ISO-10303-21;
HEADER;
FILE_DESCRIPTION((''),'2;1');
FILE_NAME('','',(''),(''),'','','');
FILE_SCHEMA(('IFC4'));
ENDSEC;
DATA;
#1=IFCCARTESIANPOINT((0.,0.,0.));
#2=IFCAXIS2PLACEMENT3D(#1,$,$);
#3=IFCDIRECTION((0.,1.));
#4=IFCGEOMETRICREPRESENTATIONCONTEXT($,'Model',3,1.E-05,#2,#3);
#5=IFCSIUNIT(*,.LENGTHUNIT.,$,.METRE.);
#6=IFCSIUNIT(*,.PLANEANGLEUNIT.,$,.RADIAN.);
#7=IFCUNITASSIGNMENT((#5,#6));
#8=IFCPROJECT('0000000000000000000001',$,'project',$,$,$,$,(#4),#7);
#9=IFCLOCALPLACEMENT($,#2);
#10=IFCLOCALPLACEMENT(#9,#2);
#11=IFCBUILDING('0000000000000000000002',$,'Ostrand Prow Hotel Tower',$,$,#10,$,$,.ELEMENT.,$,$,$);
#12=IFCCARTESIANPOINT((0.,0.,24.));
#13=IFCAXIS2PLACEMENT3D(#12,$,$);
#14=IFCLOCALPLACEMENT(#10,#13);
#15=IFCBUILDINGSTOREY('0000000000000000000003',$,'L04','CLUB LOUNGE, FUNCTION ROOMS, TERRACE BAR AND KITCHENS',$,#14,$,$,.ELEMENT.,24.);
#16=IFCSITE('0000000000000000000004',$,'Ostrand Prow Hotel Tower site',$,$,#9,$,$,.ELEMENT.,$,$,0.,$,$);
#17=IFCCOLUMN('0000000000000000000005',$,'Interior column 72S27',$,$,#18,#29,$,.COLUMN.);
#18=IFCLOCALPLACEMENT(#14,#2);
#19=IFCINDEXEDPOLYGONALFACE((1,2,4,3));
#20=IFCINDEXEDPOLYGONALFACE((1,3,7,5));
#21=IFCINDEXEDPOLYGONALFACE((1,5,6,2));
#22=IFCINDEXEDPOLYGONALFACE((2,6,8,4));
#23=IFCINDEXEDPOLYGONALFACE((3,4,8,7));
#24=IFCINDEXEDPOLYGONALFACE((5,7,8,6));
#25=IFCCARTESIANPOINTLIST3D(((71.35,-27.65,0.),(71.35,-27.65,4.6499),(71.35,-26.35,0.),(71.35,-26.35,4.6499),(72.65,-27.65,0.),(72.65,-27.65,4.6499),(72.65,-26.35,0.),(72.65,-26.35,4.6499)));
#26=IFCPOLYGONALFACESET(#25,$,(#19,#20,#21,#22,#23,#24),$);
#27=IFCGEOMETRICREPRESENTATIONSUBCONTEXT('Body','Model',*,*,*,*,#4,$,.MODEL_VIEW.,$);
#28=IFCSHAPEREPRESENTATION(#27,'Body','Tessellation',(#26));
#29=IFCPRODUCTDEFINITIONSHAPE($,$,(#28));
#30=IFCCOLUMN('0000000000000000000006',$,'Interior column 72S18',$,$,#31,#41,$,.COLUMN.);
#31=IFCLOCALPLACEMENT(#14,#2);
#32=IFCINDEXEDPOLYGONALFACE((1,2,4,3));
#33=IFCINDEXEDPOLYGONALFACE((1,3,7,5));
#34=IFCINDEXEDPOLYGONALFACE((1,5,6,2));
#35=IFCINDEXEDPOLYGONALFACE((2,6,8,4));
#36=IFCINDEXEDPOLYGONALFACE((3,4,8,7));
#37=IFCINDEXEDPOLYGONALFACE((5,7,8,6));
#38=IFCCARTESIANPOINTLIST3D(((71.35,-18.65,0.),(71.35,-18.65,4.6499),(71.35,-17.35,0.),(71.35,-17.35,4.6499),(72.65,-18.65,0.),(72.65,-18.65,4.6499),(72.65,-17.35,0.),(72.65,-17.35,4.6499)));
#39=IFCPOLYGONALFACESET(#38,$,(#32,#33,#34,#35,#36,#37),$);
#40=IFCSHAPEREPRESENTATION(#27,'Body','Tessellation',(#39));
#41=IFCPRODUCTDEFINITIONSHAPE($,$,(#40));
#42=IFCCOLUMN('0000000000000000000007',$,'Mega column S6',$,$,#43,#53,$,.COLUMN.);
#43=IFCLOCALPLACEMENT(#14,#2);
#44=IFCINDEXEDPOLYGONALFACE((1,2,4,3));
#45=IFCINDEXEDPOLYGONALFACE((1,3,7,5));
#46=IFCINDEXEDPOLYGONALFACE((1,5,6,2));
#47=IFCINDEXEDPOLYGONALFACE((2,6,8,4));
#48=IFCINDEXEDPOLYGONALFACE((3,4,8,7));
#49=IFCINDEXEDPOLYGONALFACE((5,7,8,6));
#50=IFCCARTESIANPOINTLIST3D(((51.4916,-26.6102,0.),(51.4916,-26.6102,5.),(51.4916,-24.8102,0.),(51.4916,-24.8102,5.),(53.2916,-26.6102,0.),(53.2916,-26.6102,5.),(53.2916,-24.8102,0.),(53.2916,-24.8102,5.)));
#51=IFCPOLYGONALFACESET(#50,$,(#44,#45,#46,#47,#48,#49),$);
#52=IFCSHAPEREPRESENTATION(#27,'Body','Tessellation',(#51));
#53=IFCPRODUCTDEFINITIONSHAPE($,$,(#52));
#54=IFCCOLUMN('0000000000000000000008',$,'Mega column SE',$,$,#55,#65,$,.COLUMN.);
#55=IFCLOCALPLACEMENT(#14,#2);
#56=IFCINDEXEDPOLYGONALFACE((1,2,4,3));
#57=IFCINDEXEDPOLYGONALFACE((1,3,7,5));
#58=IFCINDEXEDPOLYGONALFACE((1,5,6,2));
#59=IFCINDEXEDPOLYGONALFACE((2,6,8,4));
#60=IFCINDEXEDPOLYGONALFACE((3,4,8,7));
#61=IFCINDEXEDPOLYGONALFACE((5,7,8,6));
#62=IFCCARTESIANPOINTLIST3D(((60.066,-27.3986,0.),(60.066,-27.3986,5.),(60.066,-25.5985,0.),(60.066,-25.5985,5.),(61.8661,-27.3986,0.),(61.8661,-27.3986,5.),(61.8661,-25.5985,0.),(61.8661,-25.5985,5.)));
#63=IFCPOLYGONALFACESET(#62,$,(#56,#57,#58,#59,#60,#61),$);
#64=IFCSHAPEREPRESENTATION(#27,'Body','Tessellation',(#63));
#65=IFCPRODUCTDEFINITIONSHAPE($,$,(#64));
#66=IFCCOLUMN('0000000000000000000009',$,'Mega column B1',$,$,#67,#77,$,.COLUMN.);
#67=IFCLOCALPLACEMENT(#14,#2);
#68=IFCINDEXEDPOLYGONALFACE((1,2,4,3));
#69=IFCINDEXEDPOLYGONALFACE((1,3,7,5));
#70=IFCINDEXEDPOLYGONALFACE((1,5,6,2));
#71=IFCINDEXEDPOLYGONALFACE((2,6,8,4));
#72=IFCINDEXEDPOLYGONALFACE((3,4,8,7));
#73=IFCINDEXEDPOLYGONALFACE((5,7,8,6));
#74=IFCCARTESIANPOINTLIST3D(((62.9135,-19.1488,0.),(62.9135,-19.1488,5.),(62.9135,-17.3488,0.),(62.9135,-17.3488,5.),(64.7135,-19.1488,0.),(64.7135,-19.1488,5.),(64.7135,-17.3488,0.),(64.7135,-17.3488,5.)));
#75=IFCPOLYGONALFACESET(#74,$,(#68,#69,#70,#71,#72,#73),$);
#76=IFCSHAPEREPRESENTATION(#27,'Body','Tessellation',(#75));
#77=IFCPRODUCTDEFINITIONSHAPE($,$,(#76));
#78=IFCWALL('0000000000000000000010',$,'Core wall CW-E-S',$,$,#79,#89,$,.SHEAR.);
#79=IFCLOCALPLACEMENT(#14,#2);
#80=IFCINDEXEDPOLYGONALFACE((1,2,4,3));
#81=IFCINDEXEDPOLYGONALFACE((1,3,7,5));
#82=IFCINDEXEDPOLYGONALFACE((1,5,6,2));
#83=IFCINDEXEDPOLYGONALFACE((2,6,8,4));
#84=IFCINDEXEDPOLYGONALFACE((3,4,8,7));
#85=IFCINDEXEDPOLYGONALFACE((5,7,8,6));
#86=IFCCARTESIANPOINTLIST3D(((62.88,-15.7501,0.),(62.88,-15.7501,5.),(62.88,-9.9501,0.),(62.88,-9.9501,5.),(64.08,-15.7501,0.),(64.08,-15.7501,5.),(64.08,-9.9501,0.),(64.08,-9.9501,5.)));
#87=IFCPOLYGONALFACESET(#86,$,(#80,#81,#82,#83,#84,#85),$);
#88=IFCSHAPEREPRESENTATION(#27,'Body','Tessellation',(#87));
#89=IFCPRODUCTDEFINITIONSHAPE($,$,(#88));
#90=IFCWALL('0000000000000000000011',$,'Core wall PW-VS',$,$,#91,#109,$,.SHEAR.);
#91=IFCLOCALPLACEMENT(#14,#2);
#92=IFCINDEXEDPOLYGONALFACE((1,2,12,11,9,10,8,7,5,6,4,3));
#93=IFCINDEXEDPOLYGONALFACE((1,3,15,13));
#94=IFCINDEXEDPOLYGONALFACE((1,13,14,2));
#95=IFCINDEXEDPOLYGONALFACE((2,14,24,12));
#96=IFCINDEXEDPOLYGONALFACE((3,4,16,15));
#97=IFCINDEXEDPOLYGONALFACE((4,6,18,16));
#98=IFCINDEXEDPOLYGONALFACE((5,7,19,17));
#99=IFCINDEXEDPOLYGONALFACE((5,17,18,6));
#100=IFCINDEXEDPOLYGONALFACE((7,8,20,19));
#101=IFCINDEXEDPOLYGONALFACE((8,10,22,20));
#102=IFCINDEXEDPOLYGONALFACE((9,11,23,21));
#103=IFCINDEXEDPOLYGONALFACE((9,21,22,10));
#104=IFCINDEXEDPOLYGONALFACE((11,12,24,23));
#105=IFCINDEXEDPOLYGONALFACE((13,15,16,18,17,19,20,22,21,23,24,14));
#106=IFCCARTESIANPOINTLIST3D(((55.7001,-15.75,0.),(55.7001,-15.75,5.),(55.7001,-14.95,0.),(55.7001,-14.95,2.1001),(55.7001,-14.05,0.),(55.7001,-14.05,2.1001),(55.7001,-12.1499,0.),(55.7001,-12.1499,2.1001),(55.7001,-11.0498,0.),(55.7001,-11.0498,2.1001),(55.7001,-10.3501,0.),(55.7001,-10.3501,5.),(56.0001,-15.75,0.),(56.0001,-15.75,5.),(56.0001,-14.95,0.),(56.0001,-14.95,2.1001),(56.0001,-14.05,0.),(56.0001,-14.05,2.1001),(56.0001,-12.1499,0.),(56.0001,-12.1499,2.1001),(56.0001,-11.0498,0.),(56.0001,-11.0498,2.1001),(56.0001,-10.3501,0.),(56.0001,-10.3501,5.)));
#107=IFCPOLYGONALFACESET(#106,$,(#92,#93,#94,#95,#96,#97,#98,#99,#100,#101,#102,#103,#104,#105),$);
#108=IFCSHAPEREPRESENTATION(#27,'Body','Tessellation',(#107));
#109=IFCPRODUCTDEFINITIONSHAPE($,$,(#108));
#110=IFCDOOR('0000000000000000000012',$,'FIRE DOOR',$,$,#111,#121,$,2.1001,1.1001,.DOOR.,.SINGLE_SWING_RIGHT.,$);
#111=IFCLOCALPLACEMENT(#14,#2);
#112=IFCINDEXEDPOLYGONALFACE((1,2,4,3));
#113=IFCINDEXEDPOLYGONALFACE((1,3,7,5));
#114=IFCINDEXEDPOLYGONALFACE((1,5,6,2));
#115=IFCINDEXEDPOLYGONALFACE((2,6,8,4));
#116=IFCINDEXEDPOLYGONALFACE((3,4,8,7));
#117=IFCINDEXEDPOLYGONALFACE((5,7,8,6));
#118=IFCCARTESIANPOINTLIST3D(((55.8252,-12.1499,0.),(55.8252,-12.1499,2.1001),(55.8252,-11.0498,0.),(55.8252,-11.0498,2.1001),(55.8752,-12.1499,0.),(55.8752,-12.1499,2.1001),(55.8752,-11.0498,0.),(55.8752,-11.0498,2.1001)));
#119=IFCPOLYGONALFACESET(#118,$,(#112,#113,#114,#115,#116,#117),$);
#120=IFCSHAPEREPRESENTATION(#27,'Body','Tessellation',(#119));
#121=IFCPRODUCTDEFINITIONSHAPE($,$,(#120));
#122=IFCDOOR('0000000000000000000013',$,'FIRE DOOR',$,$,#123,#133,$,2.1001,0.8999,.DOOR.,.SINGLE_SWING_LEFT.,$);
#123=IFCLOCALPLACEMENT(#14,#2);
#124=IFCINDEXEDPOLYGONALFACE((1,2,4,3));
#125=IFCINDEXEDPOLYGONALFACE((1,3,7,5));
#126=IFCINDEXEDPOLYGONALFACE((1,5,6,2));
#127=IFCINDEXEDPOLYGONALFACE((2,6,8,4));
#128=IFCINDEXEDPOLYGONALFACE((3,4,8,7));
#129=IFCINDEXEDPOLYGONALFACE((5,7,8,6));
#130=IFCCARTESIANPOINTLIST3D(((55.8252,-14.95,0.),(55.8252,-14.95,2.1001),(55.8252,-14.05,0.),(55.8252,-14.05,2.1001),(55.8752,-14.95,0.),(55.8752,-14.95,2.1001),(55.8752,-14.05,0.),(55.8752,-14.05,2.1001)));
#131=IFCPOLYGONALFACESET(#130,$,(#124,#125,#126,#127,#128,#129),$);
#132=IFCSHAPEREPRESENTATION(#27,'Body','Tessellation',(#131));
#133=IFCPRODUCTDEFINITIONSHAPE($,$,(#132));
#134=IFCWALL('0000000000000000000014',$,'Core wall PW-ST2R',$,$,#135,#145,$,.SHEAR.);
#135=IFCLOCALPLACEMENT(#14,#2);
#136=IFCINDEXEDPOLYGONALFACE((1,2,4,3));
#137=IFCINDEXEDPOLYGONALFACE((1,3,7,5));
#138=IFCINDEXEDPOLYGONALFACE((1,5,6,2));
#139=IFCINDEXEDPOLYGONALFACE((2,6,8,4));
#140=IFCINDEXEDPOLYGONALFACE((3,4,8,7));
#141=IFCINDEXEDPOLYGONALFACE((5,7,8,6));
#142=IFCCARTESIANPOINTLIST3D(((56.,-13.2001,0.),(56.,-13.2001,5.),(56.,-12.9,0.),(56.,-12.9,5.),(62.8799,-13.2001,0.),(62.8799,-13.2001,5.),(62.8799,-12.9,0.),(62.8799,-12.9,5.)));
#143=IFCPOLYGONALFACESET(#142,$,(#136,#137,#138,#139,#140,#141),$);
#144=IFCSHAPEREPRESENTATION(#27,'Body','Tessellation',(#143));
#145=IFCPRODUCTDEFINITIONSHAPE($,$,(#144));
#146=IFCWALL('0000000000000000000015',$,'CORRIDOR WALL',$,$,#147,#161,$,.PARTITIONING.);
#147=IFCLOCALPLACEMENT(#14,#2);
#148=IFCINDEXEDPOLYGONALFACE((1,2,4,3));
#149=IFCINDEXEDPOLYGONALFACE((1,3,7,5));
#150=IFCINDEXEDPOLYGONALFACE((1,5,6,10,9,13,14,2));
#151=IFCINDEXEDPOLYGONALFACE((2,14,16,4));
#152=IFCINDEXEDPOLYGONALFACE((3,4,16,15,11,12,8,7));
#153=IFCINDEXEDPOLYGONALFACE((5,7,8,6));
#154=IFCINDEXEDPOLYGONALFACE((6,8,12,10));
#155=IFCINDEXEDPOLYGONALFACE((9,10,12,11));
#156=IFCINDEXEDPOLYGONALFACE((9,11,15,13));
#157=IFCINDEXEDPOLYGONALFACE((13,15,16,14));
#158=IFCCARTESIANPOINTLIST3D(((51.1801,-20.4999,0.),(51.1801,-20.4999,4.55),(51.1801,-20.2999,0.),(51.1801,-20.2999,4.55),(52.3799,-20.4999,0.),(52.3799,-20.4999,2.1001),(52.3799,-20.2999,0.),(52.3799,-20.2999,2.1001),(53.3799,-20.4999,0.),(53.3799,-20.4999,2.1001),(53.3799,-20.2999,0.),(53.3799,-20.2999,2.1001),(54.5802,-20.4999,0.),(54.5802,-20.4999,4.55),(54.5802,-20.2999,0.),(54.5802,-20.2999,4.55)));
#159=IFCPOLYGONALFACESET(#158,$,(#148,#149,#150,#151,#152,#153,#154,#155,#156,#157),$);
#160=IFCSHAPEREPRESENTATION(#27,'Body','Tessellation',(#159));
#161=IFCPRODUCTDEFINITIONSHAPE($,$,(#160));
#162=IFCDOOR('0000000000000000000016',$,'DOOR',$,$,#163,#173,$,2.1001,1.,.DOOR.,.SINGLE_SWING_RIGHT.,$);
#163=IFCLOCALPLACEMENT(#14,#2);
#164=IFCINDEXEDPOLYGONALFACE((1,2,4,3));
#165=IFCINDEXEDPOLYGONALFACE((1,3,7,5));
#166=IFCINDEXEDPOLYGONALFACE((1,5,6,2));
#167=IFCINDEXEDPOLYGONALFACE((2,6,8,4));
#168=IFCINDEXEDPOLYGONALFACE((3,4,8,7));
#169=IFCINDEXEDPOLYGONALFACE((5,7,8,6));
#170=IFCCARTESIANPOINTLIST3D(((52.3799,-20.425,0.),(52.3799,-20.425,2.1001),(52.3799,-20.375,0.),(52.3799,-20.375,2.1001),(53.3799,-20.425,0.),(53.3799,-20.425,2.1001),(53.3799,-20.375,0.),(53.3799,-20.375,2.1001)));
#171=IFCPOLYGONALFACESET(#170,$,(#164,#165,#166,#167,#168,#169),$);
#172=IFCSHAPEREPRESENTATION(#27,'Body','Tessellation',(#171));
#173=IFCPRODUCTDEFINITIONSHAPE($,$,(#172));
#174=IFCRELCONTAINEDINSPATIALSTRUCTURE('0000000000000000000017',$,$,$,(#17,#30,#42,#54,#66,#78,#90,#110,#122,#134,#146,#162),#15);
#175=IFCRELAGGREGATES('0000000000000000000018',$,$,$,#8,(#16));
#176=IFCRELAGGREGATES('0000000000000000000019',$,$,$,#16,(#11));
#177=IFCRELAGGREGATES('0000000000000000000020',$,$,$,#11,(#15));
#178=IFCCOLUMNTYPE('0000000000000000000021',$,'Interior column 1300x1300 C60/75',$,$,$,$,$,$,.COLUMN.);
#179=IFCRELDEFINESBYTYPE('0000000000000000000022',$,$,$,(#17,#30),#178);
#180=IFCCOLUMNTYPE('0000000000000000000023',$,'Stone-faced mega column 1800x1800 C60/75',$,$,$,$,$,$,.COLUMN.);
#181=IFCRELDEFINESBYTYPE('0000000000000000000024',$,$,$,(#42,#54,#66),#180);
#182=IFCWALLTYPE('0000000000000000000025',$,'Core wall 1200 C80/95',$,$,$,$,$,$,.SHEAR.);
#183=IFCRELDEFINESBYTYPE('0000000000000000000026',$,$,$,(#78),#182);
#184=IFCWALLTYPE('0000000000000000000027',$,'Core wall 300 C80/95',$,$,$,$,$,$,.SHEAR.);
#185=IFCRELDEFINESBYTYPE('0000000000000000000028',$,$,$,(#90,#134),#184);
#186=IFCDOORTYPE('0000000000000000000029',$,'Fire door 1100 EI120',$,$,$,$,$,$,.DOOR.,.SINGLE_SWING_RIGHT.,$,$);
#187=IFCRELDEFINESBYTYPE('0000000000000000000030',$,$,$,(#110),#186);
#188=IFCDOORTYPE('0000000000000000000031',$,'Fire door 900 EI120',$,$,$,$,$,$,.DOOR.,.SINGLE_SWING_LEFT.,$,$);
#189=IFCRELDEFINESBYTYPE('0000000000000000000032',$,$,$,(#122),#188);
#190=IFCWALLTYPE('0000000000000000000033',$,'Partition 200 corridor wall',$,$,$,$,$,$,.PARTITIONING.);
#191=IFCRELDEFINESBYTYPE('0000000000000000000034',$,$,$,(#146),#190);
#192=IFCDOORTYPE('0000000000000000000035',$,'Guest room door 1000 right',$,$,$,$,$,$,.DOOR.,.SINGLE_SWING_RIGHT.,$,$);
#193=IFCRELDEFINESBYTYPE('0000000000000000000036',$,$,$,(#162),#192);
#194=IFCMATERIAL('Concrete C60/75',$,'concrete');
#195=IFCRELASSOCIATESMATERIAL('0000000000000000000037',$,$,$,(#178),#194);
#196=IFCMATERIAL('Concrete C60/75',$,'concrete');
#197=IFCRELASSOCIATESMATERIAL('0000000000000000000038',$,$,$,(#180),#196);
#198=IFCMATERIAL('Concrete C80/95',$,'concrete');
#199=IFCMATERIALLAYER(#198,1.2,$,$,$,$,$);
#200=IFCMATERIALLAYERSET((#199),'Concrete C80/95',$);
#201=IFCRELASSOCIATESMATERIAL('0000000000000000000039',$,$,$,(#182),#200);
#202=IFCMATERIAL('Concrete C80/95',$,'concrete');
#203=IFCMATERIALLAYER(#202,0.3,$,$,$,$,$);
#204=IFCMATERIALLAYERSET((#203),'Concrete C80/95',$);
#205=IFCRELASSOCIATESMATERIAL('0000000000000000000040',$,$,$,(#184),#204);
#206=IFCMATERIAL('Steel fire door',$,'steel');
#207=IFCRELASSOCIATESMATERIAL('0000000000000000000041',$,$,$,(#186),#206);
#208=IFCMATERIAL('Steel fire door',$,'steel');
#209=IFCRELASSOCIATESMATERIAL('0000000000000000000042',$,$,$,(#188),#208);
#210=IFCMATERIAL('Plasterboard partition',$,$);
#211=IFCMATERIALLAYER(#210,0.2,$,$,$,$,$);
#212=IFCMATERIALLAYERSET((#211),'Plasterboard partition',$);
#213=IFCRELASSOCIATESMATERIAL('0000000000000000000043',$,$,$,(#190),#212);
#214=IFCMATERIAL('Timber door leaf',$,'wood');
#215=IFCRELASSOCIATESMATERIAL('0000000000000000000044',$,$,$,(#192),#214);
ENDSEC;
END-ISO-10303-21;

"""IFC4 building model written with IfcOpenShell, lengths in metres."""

from ifc_helpers import new_model, si_unit, direction, frame, frame_2d, origin, origin_2d, place, context, subcontext, project, spatial, rectangle, extrude, material, layer, layer_set, material_profile, profile_set, type_object, element, fill, save


model = new_model("IFC4")

# Units and contexts
model_context = context("Model", 3, precision=1e-05, world=origin(), true_north=direction((0.0, 1.0)))
body_context = subcontext(model_context, "Body", "Model", "MODEL_VIEW")
ifc_project = project(units=[si_unit("LENGTHUNIT", "METRE"), si_unit("PLANEANGLEUNIT", "RADIAN")], contexts=[model_context])

# Site, building, storey
site_placement = place(None, origin())
site = spatial("IfcSite", under=ifc_project, at=site_placement, Name="Ostrand Prow Hotel Tower site", CompositionType="ELEMENT", RefElevation=0.0)
building_placement = place(site_placement, origin())
building = spatial("IfcBuilding", under=site, at=building_placement, Name="Ostrand Prow Hotel Tower", CompositionType="ELEMENT")
storey_placement = place(building_placement, frame((0.0, 0.0, 24.0)))
storey = spatial("IfcBuildingStorey", under=building, at=storey_placement, Name="L04", Description="CLUB LOUNGE, FUNCTION ROOMS, TERRACE BAR AND KITCHENS", CompositionType="ELEMENT", Elevation=24.0)

# Columns
ifc_material_1 = material(Name="Concrete C60/75", Category="concrete")
ifc_material_profile_1 = material_profile(ifc_material_1, rectangle(XDim=1.3, YDim=1.3, at=origin_2d()), Name="RC 1300x1300")
ifc_profile_set_1 = profile_set([ifc_material_profile_1], Name="Concrete C60/75")
column_type_1 = type_object("IfcColumnType", Name="Interior column 1300x1300 C60/75", PredefinedType="COLUMN", material=ifc_profile_set_1)
for number, where, z_axis, x_axis, name in (
    (1, (72.0, -27.0, 0.0), (0.0, 0.0, 1.0), (1.0, 0.0, 0.0), "Interior column 72S27"),
    (2, (72.0, -18.0, 0.0), (0.0, 0.0, 1.0), (1.0, 0.0, 0.0), "Interior column 72S18"),
):
    element("IfcColumn", number, at=place(storey_placement, frame(where, z_axis=z_axis, x_axis=x_axis)), inside=storey, type_object=column_type_1, Name=name, PredefinedType="COLUMN", context=body_context, shape_type="SweptSolid", body=[
        extrude(rectangle(XDim=1.3, YDim=1.3, at=origin_2d()), origin(), (0.0, 0.0, 1.0), 4.6499),
    ])
ifc_material_2 = material(Name="Concrete C60/75", Category="concrete")
ifc_material_profile_2 = material_profile(ifc_material_2, rectangle(XDim=1.8, YDim=1.8, at=origin_2d()), Name="RC 1800x1800")
ifc_profile_set_2 = profile_set([ifc_material_profile_2], Name="Concrete C60/75")
column_type_2 = type_object("IfcColumnType", Name="Stone-faced mega column 1800x1800 C60/75", PredefinedType="COLUMN", material=ifc_profile_set_2)
for number, where, z_axis, x_axis, name in (
    (3, (52.3916, -25.7102, 0.0), (0.0, 0.0, 1.0), (1.0, 0.0, 0.0), "Mega column S6"),
    (4, (60.9661, -26.4985, 0.0), (0.0, 0.0, 1.0), (1.0, 0.0, 0.0), "Mega column SE"),
    (5, (63.8135, -18.2488, 0.0), (0.0, 0.0, 1.0), (1.0, 0.0, 0.0), "Mega column B1"),
):
    element("IfcColumn", number, at=place(storey_placement, frame(where, z_axis=z_axis, x_axis=x_axis)), inside=storey, type_object=column_type_2, Name=name, PredefinedType="COLUMN", context=body_context, shape_type="SweptSolid", body=[
        extrude(rectangle(XDim=1.8, YDim=1.8, at=origin_2d()), origin(), (0.0, 0.0, 1.0), 5.0),
    ])

# Wall
ifc_material_3 = material(Name="Concrete C80/95", Category="concrete")
ifc_layer_1 = layer(ifc_material_3, 1.2)
ifc_layer_set_1 = layer_set([ifc_layer_1], Name="Concrete C80/95")
wall_type_1 = type_object("IfcWallType", Name="Core wall 1200 C80/95", PredefinedType="SHEAR", material=ifc_layer_set_1)
wall_1_placement = place(storey_placement, frame((63.48, -15.75, 0.0), z_axis=(0.0, 0.0, 1.0), x_axis=(0.0, 1.0, 0.0)))
element("IfcWall", 6, at=wall_1_placement, inside=storey, type_object=wall_type_1, Name="Core wall CW-E-S", PredefinedType="SHEAR", context=body_context, shape_type="SweptSolid", body=[
    extrude(rectangle(XDim=5.8, YDim=1.2, at=frame_2d((2.8999, 0.0))), origin(), (0.0, 0.0, 1.0), 5.0),
])

# Wall, openings, doors
ifc_material_4 = material(Name="Concrete C80/95", Category="concrete")
ifc_layer_2 = layer(ifc_material_4, 0.3)
ifc_layer_set_2 = layer_set([ifc_layer_2], Name="Concrete C80/95")
wall_type_2 = type_object("IfcWallType", Name="Core wall 300 C80/95", PredefinedType="SHEAR", material=ifc_layer_set_2)
wall_2_placement = place(storey_placement, frame((55.8501, -15.75, 0.0), z_axis=(0.0, 0.0, 1.0), x_axis=(0.0, 1.0, 0.0)))
wall_2 = element("IfcWall", 7, at=wall_2_placement, inside=storey, type_object=wall_type_2, Name="Core wall PW-VS", PredefinedType="SHEAR", context=body_context, shape_type="SweptSolid", body=[
    extrude(rectangle(XDim=5.3999, YDim=0.3, at=frame_2d((2.7, 0.0))), origin(), (0.0, 0.0, 1.0), 5.0),
])
opening_1_placement = place(wall_2_placement, frame((3.6001, 0.0, 0.0)))
opening_1 = element("IfcOpeningElement", 8, at=opening_1_placement, cuts=wall_2, PredefinedType="OPENING", context=body_context, shape_type="SweptSolid", body=[
    extrude(rectangle(XDim=1.1001, YDim=2.1001, at=frame_2d((0.55, 1.05))), frame((0.0, 0.1599, 0.0), z_axis=(0.0, -1.0, 0.0), x_axis=(1.0, 0.0, 0.0)), (0.0, 0.0, 1.0), 0.3201),
])
opening_2_placement = place(wall_2_placement, frame((0.8, 0.0, 0.0)))
opening_2 = element("IfcOpeningElement", 9, at=opening_2_placement, cuts=wall_2, PredefinedType="OPENING", context=body_context, shape_type="SweptSolid", body=[
    extrude(rectangle(XDim=0.8999, YDim=2.1001, at=frame_2d((0.45, 1.05))), frame((0.0, 0.1599, 0.0), z_axis=(0.0, -1.0, 0.0), x_axis=(1.0, 0.0, 0.0)), (0.0, 0.0, 1.0), 0.3201),
])
ifc_material_5 = material(Name="Steel fire door", Category="steel")
door_type_1 = type_object("IfcDoorType", Name="Fire door 1100 EI120", OperationType="SINGLE_SWING_RIGHT", PredefinedType="DOOR", material=ifc_material_5)
door_1_placement = place(opening_1_placement, origin())
door_1 = element("IfcDoor", 10, at=door_1_placement, inside=storey, type_object=door_type_1, Name="FIRE DOOR", OperationType="SINGLE_SWING_RIGHT", OverallHeight=2.1001, OverallWidth=1.1001, PredefinedType="DOOR", context=body_context, shape_type="SweptSolid", body=[
    extrude(rectangle(XDim=1.1001, YDim=2.1001, at=frame_2d((0.55, 1.05))), frame((0.0, 0.0249, 0.0), z_axis=(0.0, -1.0, 0.0), x_axis=(1.0, 0.0, 0.0)), (0.0, 0.0, 1.0), 0.05),
])
fill(opening_1, door_1)
ifc_material_6 = material(Name="Steel fire door", Category="steel")
door_type_2 = type_object("IfcDoorType", Name="Fire door 900 EI120", OperationType="SINGLE_SWING_LEFT", PredefinedType="DOOR", material=ifc_material_6)
door_2_placement = place(opening_2_placement, origin())
door_2 = element("IfcDoor", 11, at=door_2_placement, inside=storey, type_object=door_type_2, Name="FIRE DOOR", OperationType="SINGLE_SWING_LEFT", OverallHeight=2.1001, OverallWidth=0.8999, PredefinedType="DOOR", context=body_context, shape_type="SweptSolid", body=[
    extrude(rectangle(XDim=0.8999, YDim=2.1001, at=frame_2d((0.45, 1.05))), frame((0.0, 0.0249, 0.0), z_axis=(0.0, -1.0, 0.0), x_axis=(1.0, 0.0, 0.0)), (0.0, 0.0, 1.0), 0.05),
])
fill(opening_2, door_2)

# Wall
wall_3_placement = place(storey_placement, frame((56.0, -13.05, 0.0), z_axis=(0.0, 0.0, 1.0), x_axis=(1.0, 0.0, 0.0)))
element("IfcWall", 12, at=wall_3_placement, inside=storey, type_object=wall_type_2, Name="Core wall PW-ST2R", PredefinedType="SHEAR", context=body_context, shape_type="SweptSolid", body=[
    extrude(rectangle(XDim=6.8799, YDim=0.3, at=frame_2d((3.4399, 0.0))), origin(), (0.0, 0.0, 1.0), 5.0),
])

# Wall, opening, door
ifc_material_7 = material(Name="Plasterboard partition")
ifc_layer_3 = layer(ifc_material_7, 0.2)
ifc_layer_set_3 = layer_set([ifc_layer_3], Name="Plasterboard partition")
wall_type_3 = type_object("IfcWallType", Name="Partition 200 corridor wall", PredefinedType="PARTITIONING", material=ifc_layer_set_3)
wall_4_placement = place(storey_placement, frame((51.1799, -20.3999, 0.0), z_axis=(0.0, 0.0, 1.0), x_axis=(1.0, 0.0, 0.0)))
wall_4 = element("IfcWall", 13, at=wall_4_placement, inside=storey, type_object=wall_type_3, Name="CORRIDOR WALL", PredefinedType="PARTITIONING", context=body_context, shape_type="SweptSolid", body=[
    extrude(rectangle(XDim=3.4001, YDim=0.2, at=frame_2d((1.7002, 0.0))), origin(), (0.0, 0.0, 1.0), 4.55),
])
opening_3_placement = place(wall_4_placement, frame((1.2, 0.0, 0.0)))
opening_3 = element("IfcOpeningElement", 14, at=opening_3_placement, cuts=wall_4, PredefinedType="OPENING", context=body_context, shape_type="SweptSolid", body=[
    extrude(rectangle(XDim=1.0, YDim=2.1001, at=frame_2d((0.5, 1.05))), frame((0.0, 0.1099, 0.0), z_axis=(0.0, -1.0, 0.0), x_axis=(1.0, 0.0, 0.0)), (0.0, 0.0, 1.0), 0.22),
])
ifc_material_8 = material(Name="Timber door leaf", Category="wood")
door_type_3 = type_object("IfcDoorType", Name="Guest room door 1000 right", OperationType="SINGLE_SWING_RIGHT", PredefinedType="DOOR", material=ifc_material_8)
door_3_placement = place(opening_3_placement, origin())
door_3 = element("IfcDoor", 15, at=door_3_placement, inside=storey, type_object=door_type_3, Name="DOOR", OperationType="SINGLE_SWING_RIGHT", OverallHeight=2.1001, OverallWidth=1.0, PredefinedType="DOOR", context=body_context, shape_type="SweptSolid", body=[
    extrude(rectangle(XDim=1.0, YDim=2.1001, at=frame_2d((0.5, 1.05))), frame((0.0, 0.0249, 0.0), z_axis=(0.0, -1.0, 0.0), x_axis=(1.0, 0.0, 0.0)), (0.0, 0.0, 1.0), 0.05),
])
fill(opening_3, door_3)

save(model, "model.ifc")
